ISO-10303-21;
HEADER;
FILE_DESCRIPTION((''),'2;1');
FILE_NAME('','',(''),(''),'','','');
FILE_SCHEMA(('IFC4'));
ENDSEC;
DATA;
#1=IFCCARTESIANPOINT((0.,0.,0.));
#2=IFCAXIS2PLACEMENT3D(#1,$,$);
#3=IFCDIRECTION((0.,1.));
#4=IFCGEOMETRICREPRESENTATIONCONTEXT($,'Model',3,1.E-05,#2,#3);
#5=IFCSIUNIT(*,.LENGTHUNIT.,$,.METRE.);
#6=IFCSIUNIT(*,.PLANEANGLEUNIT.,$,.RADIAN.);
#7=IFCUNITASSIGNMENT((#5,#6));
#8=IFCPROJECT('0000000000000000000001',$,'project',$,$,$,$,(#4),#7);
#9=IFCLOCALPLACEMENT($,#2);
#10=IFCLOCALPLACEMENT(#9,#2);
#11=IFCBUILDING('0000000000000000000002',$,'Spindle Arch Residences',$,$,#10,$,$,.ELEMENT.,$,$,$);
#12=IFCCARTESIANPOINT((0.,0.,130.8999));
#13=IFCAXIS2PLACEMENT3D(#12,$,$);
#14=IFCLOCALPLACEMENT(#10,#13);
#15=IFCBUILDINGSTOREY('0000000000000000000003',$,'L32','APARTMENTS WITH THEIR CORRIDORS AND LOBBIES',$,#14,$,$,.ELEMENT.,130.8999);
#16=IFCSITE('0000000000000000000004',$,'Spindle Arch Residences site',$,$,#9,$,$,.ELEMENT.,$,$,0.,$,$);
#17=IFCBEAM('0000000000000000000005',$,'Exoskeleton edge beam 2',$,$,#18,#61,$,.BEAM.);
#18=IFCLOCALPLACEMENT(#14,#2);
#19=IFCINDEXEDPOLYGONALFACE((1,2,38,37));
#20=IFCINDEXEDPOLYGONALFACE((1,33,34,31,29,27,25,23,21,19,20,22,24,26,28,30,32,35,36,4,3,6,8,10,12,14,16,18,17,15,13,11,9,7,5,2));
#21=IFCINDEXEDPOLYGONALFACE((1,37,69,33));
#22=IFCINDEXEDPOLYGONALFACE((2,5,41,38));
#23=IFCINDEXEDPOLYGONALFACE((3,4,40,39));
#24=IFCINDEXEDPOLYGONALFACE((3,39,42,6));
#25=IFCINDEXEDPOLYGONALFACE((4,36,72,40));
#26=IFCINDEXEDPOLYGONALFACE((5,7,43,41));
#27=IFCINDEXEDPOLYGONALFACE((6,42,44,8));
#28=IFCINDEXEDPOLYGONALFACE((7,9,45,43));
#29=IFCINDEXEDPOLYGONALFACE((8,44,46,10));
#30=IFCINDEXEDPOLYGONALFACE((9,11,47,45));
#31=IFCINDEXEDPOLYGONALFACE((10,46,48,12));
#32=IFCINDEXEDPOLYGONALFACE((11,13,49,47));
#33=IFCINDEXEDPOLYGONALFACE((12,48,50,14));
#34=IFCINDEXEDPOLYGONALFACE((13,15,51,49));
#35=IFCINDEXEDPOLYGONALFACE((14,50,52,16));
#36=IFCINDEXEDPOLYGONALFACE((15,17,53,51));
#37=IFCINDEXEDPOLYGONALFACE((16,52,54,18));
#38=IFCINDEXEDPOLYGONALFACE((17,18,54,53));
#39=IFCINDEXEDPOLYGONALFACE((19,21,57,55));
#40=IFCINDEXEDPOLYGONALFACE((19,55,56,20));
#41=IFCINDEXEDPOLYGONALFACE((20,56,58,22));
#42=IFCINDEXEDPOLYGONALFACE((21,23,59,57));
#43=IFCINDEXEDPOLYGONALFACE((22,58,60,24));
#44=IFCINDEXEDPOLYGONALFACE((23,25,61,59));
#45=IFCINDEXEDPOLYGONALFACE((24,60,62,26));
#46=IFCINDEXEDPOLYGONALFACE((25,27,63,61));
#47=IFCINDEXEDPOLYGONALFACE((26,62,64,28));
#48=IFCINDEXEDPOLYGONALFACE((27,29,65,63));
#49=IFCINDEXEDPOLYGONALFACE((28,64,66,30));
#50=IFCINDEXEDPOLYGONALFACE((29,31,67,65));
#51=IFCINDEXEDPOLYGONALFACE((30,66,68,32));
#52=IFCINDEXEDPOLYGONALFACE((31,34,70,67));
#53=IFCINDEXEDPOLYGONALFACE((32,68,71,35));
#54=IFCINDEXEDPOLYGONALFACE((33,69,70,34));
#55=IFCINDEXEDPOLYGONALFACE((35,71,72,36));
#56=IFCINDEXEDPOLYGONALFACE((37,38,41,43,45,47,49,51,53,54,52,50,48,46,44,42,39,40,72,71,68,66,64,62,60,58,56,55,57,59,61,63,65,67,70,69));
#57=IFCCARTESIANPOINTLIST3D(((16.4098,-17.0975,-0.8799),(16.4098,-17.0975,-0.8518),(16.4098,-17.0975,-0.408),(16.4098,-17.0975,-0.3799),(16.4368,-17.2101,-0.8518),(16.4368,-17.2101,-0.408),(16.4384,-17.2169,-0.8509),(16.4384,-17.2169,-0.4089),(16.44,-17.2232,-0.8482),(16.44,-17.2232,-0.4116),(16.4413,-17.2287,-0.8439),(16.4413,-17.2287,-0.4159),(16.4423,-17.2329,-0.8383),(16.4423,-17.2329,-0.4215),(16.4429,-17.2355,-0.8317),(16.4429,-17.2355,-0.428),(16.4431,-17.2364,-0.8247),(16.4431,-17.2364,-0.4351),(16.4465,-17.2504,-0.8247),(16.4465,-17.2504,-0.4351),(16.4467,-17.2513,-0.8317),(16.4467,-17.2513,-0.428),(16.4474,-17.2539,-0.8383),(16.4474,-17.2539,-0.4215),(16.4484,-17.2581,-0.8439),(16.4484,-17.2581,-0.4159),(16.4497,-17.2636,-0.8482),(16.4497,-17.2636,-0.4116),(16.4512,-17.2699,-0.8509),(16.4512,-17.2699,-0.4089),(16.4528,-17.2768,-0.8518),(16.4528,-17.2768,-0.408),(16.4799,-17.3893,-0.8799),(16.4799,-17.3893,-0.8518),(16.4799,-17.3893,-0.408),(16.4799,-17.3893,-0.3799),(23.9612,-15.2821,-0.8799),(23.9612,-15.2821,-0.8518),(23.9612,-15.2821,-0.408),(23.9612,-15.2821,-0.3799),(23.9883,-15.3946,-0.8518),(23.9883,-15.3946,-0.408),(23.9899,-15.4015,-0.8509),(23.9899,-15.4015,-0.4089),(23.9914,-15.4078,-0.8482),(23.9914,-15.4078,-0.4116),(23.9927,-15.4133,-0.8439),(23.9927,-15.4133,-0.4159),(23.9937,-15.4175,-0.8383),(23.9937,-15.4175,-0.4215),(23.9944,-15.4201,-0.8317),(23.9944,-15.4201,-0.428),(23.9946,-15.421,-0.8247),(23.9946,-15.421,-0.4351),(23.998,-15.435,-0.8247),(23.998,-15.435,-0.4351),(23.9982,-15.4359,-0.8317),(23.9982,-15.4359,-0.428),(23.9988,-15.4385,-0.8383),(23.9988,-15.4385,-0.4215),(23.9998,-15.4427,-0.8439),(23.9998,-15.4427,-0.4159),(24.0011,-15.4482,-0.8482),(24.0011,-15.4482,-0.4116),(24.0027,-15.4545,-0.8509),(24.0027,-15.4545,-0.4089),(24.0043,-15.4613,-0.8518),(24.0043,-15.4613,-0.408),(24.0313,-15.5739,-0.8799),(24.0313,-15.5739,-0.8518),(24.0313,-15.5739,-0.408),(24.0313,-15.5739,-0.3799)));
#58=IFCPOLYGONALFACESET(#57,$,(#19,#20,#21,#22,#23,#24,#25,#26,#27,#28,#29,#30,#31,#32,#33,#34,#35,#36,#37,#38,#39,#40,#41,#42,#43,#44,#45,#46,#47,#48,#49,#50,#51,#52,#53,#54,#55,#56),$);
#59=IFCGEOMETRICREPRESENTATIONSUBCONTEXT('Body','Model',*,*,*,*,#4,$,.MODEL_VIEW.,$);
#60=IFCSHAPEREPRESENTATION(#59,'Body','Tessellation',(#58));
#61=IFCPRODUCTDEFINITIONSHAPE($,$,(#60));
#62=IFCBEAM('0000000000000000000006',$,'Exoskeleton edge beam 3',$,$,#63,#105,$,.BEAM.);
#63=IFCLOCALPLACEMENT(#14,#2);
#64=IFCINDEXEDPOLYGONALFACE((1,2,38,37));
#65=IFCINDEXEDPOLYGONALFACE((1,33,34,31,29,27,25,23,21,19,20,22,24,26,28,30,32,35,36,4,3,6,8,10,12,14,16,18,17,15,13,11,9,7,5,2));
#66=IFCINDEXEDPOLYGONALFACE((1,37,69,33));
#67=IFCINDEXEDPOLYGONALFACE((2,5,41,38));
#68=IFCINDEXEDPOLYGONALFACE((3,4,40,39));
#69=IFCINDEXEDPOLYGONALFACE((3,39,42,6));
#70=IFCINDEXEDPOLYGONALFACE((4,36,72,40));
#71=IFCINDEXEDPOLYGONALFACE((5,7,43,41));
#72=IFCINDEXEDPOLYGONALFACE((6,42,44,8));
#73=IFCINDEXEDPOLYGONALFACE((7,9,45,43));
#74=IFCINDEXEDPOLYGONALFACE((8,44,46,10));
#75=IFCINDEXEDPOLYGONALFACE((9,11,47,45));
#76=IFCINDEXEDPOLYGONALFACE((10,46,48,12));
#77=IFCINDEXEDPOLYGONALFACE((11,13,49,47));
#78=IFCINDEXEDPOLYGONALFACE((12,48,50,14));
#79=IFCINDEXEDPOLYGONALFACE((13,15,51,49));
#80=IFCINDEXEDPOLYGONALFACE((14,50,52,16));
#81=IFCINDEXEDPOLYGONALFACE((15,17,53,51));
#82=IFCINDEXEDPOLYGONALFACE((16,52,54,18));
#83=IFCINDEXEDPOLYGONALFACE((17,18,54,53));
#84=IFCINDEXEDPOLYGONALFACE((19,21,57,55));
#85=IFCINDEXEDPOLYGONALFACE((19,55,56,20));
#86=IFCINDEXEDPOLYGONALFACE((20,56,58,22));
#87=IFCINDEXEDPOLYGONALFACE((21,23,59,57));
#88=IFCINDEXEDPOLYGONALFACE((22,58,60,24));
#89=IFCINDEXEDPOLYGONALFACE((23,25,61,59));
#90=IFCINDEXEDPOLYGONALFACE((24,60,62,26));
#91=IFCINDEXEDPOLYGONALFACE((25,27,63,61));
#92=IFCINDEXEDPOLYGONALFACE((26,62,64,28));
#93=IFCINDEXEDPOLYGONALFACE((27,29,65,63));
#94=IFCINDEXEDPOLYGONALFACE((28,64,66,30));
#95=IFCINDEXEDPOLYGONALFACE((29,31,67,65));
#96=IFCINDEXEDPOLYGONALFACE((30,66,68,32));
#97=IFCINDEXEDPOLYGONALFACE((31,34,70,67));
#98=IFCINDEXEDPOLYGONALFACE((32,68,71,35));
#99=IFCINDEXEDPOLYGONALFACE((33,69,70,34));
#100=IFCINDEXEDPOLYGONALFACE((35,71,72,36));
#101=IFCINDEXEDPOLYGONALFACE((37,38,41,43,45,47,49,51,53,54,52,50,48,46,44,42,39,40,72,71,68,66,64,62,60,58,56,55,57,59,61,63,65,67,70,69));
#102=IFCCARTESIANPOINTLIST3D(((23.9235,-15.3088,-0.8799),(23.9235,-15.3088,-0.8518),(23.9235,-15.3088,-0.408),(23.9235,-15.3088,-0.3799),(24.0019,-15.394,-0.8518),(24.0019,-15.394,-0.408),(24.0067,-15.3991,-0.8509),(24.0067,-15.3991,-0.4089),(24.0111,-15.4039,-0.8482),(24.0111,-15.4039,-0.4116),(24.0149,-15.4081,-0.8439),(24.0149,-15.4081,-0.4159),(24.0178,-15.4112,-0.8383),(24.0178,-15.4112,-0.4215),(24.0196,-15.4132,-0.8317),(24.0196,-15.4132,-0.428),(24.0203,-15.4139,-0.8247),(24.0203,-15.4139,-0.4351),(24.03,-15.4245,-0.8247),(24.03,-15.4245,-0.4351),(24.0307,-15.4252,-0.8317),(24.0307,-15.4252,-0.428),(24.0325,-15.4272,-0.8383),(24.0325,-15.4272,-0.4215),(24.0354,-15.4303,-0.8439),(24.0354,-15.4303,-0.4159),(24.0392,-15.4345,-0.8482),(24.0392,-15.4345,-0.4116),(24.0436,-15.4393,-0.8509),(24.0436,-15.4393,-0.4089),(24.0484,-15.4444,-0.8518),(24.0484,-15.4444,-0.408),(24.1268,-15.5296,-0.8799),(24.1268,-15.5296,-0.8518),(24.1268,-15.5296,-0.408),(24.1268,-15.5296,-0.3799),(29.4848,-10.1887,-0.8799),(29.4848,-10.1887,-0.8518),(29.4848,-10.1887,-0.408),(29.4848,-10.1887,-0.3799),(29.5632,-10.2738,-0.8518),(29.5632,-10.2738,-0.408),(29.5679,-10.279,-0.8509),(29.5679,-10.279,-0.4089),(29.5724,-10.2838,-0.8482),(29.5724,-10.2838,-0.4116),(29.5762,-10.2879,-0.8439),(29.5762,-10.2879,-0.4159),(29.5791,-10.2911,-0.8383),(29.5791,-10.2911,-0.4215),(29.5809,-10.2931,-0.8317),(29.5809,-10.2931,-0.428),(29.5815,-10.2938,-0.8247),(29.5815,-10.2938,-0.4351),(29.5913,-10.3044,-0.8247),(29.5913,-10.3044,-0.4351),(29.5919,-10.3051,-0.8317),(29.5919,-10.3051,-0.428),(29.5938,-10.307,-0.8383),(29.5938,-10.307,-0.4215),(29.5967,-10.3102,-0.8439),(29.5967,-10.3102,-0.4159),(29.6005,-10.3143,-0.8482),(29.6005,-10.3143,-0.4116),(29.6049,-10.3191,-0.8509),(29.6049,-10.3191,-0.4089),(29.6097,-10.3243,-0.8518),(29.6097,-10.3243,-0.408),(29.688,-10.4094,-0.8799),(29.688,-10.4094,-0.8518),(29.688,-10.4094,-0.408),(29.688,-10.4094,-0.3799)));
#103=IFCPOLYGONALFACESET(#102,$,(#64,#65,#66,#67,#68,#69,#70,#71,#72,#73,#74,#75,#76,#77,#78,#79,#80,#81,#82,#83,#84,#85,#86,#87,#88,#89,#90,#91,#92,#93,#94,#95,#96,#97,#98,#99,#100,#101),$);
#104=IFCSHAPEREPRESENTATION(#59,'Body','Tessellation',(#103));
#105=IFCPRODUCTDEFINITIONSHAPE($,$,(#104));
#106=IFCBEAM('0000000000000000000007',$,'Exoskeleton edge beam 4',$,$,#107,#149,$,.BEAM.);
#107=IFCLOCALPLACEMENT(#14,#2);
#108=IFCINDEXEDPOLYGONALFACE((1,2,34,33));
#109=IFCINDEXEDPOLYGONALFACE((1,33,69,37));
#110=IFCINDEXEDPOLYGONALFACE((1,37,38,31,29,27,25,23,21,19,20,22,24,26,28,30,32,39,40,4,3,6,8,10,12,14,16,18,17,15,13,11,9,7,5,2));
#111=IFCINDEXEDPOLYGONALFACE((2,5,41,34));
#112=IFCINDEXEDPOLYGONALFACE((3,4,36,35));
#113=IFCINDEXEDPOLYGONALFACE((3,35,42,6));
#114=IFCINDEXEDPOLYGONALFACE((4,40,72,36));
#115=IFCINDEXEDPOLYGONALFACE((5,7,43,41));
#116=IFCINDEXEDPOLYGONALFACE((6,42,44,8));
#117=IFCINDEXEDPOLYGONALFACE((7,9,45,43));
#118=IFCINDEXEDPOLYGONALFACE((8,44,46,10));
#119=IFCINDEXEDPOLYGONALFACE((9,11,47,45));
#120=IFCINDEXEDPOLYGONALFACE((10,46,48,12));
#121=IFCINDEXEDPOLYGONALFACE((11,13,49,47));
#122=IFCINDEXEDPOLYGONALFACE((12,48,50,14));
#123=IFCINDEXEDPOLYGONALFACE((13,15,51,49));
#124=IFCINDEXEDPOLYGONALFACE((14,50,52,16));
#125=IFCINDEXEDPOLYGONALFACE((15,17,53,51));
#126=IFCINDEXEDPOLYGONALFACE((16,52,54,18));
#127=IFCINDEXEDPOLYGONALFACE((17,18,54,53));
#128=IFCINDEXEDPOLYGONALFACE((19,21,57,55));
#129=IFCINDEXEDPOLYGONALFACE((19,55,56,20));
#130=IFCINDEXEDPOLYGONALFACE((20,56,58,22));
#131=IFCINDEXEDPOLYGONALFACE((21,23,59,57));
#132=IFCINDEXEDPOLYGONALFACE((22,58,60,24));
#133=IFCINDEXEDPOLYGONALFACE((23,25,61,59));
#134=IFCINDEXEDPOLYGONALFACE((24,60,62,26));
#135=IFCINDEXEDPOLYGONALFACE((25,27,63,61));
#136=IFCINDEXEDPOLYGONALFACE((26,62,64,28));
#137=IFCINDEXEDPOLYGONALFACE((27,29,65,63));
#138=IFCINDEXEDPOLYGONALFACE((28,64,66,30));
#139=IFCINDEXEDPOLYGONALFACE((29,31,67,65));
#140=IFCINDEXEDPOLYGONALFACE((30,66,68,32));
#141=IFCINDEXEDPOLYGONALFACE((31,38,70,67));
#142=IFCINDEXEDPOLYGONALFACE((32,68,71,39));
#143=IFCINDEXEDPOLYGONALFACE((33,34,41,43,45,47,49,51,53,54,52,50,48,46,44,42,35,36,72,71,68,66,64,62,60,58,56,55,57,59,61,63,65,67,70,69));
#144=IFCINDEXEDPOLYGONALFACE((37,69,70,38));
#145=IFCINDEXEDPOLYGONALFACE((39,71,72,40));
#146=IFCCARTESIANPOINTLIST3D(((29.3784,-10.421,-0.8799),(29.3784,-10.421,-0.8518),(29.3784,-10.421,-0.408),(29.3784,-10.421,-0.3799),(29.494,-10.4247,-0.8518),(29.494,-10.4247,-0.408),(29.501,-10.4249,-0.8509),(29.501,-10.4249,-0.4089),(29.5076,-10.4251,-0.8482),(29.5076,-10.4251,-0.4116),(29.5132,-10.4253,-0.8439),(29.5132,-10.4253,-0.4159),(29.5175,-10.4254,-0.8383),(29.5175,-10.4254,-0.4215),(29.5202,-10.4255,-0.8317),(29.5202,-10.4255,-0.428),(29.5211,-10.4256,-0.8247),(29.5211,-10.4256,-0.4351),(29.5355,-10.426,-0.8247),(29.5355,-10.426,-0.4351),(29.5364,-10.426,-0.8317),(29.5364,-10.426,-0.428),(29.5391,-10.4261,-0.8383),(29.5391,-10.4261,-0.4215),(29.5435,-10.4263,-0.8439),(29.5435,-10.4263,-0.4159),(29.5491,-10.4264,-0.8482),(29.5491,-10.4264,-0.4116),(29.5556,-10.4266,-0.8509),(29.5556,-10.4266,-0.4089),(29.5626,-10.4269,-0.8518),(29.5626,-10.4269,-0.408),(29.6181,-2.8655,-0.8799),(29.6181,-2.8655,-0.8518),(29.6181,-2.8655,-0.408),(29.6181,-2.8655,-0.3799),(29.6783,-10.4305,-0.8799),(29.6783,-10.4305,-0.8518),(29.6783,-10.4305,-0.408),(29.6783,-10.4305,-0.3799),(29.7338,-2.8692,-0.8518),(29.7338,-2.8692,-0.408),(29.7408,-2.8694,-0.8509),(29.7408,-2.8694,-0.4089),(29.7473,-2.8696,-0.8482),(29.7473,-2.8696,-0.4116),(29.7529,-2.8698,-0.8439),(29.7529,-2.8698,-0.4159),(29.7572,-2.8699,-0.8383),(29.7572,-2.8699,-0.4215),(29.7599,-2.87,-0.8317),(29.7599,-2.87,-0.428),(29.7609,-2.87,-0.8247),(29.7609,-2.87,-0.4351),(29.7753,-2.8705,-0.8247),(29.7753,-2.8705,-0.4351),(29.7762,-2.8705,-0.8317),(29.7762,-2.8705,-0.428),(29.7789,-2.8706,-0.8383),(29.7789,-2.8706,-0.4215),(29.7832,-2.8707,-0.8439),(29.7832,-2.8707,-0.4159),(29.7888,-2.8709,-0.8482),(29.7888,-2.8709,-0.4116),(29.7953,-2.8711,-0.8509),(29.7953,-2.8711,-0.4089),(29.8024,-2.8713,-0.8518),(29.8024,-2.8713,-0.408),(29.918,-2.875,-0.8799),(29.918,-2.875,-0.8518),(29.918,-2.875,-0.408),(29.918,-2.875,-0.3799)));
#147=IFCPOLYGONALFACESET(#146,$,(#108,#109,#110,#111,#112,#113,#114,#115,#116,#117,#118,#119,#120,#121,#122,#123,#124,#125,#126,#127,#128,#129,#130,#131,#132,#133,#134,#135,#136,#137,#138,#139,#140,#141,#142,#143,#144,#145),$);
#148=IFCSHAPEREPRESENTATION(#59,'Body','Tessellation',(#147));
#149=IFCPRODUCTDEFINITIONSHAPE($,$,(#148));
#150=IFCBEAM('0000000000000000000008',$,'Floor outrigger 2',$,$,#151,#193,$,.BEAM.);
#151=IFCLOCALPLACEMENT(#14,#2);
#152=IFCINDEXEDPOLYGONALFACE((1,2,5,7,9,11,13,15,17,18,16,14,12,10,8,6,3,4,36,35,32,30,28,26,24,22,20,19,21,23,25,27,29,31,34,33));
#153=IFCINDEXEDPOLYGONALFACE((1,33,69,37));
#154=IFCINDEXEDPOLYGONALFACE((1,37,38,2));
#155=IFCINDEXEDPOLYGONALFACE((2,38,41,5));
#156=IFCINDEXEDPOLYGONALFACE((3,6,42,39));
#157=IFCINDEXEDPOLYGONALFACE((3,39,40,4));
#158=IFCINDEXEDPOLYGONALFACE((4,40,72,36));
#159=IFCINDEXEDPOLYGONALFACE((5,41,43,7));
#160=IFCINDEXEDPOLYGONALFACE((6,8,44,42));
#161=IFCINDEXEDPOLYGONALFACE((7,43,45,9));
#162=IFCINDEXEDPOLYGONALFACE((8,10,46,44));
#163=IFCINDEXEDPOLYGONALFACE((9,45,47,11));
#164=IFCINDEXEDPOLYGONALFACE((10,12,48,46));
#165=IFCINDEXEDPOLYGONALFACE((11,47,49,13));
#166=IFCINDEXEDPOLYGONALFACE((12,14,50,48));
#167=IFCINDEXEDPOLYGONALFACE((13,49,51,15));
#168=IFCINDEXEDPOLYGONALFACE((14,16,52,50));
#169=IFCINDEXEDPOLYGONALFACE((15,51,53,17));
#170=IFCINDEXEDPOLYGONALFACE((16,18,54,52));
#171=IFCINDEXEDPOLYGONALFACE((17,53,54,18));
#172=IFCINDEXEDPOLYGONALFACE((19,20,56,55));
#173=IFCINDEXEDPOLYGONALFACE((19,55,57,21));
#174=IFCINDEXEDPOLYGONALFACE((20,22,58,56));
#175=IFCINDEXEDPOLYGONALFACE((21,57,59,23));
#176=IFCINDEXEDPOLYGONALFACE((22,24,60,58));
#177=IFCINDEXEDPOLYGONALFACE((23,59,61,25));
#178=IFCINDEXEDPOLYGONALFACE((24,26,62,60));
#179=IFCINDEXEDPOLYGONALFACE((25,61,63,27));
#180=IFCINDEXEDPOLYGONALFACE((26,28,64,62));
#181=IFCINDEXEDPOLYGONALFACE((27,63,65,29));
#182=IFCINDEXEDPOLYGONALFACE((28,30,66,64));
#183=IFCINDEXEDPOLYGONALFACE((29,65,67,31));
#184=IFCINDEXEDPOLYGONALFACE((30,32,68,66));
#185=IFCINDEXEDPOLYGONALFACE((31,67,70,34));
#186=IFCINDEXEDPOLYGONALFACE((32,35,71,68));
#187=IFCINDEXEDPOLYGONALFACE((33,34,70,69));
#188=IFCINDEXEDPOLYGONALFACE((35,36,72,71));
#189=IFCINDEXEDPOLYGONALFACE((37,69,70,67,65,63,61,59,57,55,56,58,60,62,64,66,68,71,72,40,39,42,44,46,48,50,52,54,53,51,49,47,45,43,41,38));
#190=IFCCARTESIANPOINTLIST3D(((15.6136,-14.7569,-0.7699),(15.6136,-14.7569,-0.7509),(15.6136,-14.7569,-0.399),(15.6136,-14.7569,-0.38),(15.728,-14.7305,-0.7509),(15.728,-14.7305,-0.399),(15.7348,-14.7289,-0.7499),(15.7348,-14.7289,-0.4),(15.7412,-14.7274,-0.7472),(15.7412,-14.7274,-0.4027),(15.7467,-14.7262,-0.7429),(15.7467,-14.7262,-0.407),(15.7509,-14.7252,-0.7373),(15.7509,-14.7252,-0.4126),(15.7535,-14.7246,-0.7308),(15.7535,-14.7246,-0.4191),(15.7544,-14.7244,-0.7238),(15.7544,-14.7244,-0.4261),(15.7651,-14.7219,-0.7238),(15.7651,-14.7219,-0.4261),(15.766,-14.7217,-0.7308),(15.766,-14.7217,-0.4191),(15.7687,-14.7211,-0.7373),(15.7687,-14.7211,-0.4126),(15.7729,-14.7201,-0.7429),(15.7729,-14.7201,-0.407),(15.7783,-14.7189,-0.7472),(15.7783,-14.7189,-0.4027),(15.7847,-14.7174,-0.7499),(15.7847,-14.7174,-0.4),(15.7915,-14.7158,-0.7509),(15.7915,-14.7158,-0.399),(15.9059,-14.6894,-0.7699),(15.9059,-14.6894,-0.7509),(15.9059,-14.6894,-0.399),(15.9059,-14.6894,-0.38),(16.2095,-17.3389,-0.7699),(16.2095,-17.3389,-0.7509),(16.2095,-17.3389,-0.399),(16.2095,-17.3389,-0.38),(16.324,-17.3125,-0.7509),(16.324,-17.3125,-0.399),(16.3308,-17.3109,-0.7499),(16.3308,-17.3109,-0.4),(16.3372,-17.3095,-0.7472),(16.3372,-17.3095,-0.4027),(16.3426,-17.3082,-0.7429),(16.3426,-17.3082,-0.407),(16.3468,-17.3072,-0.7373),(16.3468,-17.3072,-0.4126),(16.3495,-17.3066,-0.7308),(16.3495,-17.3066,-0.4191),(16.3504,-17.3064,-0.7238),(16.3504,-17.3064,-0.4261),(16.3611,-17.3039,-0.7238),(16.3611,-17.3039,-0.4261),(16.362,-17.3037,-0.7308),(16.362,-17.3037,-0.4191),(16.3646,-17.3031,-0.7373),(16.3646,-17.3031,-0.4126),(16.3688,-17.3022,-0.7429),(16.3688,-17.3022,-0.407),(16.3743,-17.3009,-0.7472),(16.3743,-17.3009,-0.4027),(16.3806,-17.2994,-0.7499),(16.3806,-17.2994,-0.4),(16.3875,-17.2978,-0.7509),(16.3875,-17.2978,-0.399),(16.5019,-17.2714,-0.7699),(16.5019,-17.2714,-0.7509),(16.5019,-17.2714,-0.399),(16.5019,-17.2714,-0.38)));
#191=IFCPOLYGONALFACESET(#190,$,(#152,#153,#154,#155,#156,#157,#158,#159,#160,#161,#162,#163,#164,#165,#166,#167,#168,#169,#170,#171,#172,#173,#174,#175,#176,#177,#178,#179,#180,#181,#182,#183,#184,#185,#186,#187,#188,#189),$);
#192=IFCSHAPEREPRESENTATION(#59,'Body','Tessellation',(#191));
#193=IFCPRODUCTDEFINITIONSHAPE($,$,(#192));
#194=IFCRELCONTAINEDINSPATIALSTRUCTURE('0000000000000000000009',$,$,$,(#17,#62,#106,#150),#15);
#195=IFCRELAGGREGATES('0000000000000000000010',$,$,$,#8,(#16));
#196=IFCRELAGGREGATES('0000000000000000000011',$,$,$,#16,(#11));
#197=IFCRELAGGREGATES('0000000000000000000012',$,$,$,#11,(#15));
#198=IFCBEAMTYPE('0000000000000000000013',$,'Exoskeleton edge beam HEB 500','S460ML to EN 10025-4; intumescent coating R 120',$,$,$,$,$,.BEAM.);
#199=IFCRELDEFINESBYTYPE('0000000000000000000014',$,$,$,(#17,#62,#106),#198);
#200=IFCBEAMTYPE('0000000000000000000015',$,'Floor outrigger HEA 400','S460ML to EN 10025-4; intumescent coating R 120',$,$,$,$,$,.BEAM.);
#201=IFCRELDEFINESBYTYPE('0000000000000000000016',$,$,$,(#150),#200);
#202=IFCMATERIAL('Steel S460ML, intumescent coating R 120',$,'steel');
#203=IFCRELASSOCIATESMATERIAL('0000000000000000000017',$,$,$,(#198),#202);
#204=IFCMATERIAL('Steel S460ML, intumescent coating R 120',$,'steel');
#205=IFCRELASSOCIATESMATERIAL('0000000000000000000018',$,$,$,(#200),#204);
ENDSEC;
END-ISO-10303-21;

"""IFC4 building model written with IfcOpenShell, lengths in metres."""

from ifc_helpers import new_model, si_unit, direction, frame, origin, origin_2d, place, context, subcontext, project, spatial, i_section, extrude, material, material_profile, profile_set, type_object, element, save


model = new_model("IFC4")

# Units and contexts
model_context = context("Model", 3, precision=1e-05, world=origin(), true_north=direction((0.0, 1.0)))
body_context = subcontext(model_context, "Body", "Model", "MODEL_VIEW")
ifc_project = project(units=[si_unit("LENGTHUNIT", "METRE"), si_unit("PLANEANGLEUNIT", "RADIAN")], contexts=[model_context])

# Site, building, storey
site_placement = place(None, origin())
site = spatial("IfcSite", under=ifc_project, at=site_placement, Name="Spindle Arch Residences site", CompositionType="ELEMENT", RefElevation=0.0)
building_placement = place(site_placement, origin())
building = spatial("IfcBuilding", under=site, at=building_placement, Name="Spindle Arch Residences", CompositionType="ELEMENT")
storey_placement = place(building_placement, frame((0.0, 0.0, 130.8999)))
storey = spatial("IfcBuildingStorey", under=building, at=storey_placement, Name="L32", Description="APARTMENTS WITH THEIR CORRIDORS AND LOBBIES", CompositionType="ELEMENT", Elevation=130.8999)

# Beams
ifc_material_1 = material(Name="Steel S460ML, intumescent coating R 120", Category="steel")
ifc_material_profile_1 = material_profile(ifc_material_1, i_section(OverallWidth=0.3, OverallDepth=0.5, WebThickness=0.0144, FlangeThickness=0.0281, FilletRadius=0.0271, at=origin_2d()), Name="HEB 500")
ifc_profile_set_1 = profile_set([ifc_material_profile_1], Name="Steel S460ML, intumescent coating R 120")
beam_type_1 = type_object("IfcBeamType", Name="Exoskeleton edge beam HEB 500", Description="S460ML to EN 10025-4; intumescent coating R 120", PredefinedType="BEAM", material=ifc_profile_set_1)
beam_1_placement = place(storey_placement, frame((16.4448, -17.2434, -0.6299), z_axis=(0.972298, 0.233746, 0.0), x_axis=(-0.233746, 0.972298, 0.0)))
element("IfcBeam", 1, at=beam_1_placement, inside=storey, type_object=beam_type_1, Name="Exoskeleton edge beam 2", PredefinedType="BEAM", context=body_context, shape_type="SweptSolid", body=[
    extrude(i_section(OverallWidth=0.3, OverallDepth=0.5, WebThickness=0.0144, FlangeThickness=0.0281, FilletRadius=0.0271, at=origin_2d()), origin(), (0.0, 0.0, 1.0), 7.7666),
])
for number, where, z_axis, x_axis, name in (
    (2, (24.0251, -15.4192, -0.6299), (0.735684, 0.677324, 0.0), (-0.677324, 0.735684, 0.0), "Exoskeleton edge beam 3"),
    (3, (29.5283, -10.4258, -0.6299), (0.031716, 0.999497, 0.0), (-0.999497, 0.031716, 0.0), "Exoskeleton edge beam 4"),
):
    element("IfcBeam", number, at=place(storey_placement, frame(where, z_axis=z_axis, x_axis=x_axis)), inside=storey, type_object=beam_type_1, Name=name, PredefinedType="BEAM", context=body_context, shape_type="SweptSolid", body=[
        extrude(i_section(OverallWidth=0.3, OverallDepth=0.5, WebThickness=0.0144, FlangeThickness=0.0281, FilletRadius=0.0271, at=origin_2d()), origin(), (0.0, 0.0, 1.0), 7.5593),
    ])
ifc_material_2 = material(Name="Steel S460ML, intumescent coating R 120", Category="steel")
ifc_material_profile_2 = material_profile(ifc_material_2, i_section(OverallWidth=0.3, OverallDepth=0.3899, WebThickness=0.011, FlangeThickness=0.019, FilletRadius=0.0271, at=origin_2d()), Name="HEA 400")
ifc_profile_set_2 = profile_set([ifc_material_profile_2], Name="Steel S460ML, intumescent coating R 120")
beam_type_2 = type_object("IfcBeamType", Name="Floor outrigger HEA 400", Description="S460ML to EN 10025-4; intumescent coating R 120", PredefinedType="BEAM", material=ifc_profile_set_2)
beam_2_placement = place(storey_placement, frame((16.3557, -17.3052, -0.575), z_axis=(-0.224893, 0.974383, 0.0), x_axis=(-0.974383, -0.224893, 0.0)))
element("IfcBeam", 4, at=beam_2_placement, inside=storey, type_object=beam_type_2, Name="Floor outrigger 2", PredefinedType="BEAM", context=body_context, shape_type="SweptSolid", body=[
    extrude(i_section(OverallWidth=0.3, OverallDepth=0.3899, WebThickness=0.011, FlangeThickness=0.019, FilletRadius=0.0271, at=origin_2d()), origin(), (0.0, 0.0, 1.0), 2.6499),
])

save(model, "model.ifc")
